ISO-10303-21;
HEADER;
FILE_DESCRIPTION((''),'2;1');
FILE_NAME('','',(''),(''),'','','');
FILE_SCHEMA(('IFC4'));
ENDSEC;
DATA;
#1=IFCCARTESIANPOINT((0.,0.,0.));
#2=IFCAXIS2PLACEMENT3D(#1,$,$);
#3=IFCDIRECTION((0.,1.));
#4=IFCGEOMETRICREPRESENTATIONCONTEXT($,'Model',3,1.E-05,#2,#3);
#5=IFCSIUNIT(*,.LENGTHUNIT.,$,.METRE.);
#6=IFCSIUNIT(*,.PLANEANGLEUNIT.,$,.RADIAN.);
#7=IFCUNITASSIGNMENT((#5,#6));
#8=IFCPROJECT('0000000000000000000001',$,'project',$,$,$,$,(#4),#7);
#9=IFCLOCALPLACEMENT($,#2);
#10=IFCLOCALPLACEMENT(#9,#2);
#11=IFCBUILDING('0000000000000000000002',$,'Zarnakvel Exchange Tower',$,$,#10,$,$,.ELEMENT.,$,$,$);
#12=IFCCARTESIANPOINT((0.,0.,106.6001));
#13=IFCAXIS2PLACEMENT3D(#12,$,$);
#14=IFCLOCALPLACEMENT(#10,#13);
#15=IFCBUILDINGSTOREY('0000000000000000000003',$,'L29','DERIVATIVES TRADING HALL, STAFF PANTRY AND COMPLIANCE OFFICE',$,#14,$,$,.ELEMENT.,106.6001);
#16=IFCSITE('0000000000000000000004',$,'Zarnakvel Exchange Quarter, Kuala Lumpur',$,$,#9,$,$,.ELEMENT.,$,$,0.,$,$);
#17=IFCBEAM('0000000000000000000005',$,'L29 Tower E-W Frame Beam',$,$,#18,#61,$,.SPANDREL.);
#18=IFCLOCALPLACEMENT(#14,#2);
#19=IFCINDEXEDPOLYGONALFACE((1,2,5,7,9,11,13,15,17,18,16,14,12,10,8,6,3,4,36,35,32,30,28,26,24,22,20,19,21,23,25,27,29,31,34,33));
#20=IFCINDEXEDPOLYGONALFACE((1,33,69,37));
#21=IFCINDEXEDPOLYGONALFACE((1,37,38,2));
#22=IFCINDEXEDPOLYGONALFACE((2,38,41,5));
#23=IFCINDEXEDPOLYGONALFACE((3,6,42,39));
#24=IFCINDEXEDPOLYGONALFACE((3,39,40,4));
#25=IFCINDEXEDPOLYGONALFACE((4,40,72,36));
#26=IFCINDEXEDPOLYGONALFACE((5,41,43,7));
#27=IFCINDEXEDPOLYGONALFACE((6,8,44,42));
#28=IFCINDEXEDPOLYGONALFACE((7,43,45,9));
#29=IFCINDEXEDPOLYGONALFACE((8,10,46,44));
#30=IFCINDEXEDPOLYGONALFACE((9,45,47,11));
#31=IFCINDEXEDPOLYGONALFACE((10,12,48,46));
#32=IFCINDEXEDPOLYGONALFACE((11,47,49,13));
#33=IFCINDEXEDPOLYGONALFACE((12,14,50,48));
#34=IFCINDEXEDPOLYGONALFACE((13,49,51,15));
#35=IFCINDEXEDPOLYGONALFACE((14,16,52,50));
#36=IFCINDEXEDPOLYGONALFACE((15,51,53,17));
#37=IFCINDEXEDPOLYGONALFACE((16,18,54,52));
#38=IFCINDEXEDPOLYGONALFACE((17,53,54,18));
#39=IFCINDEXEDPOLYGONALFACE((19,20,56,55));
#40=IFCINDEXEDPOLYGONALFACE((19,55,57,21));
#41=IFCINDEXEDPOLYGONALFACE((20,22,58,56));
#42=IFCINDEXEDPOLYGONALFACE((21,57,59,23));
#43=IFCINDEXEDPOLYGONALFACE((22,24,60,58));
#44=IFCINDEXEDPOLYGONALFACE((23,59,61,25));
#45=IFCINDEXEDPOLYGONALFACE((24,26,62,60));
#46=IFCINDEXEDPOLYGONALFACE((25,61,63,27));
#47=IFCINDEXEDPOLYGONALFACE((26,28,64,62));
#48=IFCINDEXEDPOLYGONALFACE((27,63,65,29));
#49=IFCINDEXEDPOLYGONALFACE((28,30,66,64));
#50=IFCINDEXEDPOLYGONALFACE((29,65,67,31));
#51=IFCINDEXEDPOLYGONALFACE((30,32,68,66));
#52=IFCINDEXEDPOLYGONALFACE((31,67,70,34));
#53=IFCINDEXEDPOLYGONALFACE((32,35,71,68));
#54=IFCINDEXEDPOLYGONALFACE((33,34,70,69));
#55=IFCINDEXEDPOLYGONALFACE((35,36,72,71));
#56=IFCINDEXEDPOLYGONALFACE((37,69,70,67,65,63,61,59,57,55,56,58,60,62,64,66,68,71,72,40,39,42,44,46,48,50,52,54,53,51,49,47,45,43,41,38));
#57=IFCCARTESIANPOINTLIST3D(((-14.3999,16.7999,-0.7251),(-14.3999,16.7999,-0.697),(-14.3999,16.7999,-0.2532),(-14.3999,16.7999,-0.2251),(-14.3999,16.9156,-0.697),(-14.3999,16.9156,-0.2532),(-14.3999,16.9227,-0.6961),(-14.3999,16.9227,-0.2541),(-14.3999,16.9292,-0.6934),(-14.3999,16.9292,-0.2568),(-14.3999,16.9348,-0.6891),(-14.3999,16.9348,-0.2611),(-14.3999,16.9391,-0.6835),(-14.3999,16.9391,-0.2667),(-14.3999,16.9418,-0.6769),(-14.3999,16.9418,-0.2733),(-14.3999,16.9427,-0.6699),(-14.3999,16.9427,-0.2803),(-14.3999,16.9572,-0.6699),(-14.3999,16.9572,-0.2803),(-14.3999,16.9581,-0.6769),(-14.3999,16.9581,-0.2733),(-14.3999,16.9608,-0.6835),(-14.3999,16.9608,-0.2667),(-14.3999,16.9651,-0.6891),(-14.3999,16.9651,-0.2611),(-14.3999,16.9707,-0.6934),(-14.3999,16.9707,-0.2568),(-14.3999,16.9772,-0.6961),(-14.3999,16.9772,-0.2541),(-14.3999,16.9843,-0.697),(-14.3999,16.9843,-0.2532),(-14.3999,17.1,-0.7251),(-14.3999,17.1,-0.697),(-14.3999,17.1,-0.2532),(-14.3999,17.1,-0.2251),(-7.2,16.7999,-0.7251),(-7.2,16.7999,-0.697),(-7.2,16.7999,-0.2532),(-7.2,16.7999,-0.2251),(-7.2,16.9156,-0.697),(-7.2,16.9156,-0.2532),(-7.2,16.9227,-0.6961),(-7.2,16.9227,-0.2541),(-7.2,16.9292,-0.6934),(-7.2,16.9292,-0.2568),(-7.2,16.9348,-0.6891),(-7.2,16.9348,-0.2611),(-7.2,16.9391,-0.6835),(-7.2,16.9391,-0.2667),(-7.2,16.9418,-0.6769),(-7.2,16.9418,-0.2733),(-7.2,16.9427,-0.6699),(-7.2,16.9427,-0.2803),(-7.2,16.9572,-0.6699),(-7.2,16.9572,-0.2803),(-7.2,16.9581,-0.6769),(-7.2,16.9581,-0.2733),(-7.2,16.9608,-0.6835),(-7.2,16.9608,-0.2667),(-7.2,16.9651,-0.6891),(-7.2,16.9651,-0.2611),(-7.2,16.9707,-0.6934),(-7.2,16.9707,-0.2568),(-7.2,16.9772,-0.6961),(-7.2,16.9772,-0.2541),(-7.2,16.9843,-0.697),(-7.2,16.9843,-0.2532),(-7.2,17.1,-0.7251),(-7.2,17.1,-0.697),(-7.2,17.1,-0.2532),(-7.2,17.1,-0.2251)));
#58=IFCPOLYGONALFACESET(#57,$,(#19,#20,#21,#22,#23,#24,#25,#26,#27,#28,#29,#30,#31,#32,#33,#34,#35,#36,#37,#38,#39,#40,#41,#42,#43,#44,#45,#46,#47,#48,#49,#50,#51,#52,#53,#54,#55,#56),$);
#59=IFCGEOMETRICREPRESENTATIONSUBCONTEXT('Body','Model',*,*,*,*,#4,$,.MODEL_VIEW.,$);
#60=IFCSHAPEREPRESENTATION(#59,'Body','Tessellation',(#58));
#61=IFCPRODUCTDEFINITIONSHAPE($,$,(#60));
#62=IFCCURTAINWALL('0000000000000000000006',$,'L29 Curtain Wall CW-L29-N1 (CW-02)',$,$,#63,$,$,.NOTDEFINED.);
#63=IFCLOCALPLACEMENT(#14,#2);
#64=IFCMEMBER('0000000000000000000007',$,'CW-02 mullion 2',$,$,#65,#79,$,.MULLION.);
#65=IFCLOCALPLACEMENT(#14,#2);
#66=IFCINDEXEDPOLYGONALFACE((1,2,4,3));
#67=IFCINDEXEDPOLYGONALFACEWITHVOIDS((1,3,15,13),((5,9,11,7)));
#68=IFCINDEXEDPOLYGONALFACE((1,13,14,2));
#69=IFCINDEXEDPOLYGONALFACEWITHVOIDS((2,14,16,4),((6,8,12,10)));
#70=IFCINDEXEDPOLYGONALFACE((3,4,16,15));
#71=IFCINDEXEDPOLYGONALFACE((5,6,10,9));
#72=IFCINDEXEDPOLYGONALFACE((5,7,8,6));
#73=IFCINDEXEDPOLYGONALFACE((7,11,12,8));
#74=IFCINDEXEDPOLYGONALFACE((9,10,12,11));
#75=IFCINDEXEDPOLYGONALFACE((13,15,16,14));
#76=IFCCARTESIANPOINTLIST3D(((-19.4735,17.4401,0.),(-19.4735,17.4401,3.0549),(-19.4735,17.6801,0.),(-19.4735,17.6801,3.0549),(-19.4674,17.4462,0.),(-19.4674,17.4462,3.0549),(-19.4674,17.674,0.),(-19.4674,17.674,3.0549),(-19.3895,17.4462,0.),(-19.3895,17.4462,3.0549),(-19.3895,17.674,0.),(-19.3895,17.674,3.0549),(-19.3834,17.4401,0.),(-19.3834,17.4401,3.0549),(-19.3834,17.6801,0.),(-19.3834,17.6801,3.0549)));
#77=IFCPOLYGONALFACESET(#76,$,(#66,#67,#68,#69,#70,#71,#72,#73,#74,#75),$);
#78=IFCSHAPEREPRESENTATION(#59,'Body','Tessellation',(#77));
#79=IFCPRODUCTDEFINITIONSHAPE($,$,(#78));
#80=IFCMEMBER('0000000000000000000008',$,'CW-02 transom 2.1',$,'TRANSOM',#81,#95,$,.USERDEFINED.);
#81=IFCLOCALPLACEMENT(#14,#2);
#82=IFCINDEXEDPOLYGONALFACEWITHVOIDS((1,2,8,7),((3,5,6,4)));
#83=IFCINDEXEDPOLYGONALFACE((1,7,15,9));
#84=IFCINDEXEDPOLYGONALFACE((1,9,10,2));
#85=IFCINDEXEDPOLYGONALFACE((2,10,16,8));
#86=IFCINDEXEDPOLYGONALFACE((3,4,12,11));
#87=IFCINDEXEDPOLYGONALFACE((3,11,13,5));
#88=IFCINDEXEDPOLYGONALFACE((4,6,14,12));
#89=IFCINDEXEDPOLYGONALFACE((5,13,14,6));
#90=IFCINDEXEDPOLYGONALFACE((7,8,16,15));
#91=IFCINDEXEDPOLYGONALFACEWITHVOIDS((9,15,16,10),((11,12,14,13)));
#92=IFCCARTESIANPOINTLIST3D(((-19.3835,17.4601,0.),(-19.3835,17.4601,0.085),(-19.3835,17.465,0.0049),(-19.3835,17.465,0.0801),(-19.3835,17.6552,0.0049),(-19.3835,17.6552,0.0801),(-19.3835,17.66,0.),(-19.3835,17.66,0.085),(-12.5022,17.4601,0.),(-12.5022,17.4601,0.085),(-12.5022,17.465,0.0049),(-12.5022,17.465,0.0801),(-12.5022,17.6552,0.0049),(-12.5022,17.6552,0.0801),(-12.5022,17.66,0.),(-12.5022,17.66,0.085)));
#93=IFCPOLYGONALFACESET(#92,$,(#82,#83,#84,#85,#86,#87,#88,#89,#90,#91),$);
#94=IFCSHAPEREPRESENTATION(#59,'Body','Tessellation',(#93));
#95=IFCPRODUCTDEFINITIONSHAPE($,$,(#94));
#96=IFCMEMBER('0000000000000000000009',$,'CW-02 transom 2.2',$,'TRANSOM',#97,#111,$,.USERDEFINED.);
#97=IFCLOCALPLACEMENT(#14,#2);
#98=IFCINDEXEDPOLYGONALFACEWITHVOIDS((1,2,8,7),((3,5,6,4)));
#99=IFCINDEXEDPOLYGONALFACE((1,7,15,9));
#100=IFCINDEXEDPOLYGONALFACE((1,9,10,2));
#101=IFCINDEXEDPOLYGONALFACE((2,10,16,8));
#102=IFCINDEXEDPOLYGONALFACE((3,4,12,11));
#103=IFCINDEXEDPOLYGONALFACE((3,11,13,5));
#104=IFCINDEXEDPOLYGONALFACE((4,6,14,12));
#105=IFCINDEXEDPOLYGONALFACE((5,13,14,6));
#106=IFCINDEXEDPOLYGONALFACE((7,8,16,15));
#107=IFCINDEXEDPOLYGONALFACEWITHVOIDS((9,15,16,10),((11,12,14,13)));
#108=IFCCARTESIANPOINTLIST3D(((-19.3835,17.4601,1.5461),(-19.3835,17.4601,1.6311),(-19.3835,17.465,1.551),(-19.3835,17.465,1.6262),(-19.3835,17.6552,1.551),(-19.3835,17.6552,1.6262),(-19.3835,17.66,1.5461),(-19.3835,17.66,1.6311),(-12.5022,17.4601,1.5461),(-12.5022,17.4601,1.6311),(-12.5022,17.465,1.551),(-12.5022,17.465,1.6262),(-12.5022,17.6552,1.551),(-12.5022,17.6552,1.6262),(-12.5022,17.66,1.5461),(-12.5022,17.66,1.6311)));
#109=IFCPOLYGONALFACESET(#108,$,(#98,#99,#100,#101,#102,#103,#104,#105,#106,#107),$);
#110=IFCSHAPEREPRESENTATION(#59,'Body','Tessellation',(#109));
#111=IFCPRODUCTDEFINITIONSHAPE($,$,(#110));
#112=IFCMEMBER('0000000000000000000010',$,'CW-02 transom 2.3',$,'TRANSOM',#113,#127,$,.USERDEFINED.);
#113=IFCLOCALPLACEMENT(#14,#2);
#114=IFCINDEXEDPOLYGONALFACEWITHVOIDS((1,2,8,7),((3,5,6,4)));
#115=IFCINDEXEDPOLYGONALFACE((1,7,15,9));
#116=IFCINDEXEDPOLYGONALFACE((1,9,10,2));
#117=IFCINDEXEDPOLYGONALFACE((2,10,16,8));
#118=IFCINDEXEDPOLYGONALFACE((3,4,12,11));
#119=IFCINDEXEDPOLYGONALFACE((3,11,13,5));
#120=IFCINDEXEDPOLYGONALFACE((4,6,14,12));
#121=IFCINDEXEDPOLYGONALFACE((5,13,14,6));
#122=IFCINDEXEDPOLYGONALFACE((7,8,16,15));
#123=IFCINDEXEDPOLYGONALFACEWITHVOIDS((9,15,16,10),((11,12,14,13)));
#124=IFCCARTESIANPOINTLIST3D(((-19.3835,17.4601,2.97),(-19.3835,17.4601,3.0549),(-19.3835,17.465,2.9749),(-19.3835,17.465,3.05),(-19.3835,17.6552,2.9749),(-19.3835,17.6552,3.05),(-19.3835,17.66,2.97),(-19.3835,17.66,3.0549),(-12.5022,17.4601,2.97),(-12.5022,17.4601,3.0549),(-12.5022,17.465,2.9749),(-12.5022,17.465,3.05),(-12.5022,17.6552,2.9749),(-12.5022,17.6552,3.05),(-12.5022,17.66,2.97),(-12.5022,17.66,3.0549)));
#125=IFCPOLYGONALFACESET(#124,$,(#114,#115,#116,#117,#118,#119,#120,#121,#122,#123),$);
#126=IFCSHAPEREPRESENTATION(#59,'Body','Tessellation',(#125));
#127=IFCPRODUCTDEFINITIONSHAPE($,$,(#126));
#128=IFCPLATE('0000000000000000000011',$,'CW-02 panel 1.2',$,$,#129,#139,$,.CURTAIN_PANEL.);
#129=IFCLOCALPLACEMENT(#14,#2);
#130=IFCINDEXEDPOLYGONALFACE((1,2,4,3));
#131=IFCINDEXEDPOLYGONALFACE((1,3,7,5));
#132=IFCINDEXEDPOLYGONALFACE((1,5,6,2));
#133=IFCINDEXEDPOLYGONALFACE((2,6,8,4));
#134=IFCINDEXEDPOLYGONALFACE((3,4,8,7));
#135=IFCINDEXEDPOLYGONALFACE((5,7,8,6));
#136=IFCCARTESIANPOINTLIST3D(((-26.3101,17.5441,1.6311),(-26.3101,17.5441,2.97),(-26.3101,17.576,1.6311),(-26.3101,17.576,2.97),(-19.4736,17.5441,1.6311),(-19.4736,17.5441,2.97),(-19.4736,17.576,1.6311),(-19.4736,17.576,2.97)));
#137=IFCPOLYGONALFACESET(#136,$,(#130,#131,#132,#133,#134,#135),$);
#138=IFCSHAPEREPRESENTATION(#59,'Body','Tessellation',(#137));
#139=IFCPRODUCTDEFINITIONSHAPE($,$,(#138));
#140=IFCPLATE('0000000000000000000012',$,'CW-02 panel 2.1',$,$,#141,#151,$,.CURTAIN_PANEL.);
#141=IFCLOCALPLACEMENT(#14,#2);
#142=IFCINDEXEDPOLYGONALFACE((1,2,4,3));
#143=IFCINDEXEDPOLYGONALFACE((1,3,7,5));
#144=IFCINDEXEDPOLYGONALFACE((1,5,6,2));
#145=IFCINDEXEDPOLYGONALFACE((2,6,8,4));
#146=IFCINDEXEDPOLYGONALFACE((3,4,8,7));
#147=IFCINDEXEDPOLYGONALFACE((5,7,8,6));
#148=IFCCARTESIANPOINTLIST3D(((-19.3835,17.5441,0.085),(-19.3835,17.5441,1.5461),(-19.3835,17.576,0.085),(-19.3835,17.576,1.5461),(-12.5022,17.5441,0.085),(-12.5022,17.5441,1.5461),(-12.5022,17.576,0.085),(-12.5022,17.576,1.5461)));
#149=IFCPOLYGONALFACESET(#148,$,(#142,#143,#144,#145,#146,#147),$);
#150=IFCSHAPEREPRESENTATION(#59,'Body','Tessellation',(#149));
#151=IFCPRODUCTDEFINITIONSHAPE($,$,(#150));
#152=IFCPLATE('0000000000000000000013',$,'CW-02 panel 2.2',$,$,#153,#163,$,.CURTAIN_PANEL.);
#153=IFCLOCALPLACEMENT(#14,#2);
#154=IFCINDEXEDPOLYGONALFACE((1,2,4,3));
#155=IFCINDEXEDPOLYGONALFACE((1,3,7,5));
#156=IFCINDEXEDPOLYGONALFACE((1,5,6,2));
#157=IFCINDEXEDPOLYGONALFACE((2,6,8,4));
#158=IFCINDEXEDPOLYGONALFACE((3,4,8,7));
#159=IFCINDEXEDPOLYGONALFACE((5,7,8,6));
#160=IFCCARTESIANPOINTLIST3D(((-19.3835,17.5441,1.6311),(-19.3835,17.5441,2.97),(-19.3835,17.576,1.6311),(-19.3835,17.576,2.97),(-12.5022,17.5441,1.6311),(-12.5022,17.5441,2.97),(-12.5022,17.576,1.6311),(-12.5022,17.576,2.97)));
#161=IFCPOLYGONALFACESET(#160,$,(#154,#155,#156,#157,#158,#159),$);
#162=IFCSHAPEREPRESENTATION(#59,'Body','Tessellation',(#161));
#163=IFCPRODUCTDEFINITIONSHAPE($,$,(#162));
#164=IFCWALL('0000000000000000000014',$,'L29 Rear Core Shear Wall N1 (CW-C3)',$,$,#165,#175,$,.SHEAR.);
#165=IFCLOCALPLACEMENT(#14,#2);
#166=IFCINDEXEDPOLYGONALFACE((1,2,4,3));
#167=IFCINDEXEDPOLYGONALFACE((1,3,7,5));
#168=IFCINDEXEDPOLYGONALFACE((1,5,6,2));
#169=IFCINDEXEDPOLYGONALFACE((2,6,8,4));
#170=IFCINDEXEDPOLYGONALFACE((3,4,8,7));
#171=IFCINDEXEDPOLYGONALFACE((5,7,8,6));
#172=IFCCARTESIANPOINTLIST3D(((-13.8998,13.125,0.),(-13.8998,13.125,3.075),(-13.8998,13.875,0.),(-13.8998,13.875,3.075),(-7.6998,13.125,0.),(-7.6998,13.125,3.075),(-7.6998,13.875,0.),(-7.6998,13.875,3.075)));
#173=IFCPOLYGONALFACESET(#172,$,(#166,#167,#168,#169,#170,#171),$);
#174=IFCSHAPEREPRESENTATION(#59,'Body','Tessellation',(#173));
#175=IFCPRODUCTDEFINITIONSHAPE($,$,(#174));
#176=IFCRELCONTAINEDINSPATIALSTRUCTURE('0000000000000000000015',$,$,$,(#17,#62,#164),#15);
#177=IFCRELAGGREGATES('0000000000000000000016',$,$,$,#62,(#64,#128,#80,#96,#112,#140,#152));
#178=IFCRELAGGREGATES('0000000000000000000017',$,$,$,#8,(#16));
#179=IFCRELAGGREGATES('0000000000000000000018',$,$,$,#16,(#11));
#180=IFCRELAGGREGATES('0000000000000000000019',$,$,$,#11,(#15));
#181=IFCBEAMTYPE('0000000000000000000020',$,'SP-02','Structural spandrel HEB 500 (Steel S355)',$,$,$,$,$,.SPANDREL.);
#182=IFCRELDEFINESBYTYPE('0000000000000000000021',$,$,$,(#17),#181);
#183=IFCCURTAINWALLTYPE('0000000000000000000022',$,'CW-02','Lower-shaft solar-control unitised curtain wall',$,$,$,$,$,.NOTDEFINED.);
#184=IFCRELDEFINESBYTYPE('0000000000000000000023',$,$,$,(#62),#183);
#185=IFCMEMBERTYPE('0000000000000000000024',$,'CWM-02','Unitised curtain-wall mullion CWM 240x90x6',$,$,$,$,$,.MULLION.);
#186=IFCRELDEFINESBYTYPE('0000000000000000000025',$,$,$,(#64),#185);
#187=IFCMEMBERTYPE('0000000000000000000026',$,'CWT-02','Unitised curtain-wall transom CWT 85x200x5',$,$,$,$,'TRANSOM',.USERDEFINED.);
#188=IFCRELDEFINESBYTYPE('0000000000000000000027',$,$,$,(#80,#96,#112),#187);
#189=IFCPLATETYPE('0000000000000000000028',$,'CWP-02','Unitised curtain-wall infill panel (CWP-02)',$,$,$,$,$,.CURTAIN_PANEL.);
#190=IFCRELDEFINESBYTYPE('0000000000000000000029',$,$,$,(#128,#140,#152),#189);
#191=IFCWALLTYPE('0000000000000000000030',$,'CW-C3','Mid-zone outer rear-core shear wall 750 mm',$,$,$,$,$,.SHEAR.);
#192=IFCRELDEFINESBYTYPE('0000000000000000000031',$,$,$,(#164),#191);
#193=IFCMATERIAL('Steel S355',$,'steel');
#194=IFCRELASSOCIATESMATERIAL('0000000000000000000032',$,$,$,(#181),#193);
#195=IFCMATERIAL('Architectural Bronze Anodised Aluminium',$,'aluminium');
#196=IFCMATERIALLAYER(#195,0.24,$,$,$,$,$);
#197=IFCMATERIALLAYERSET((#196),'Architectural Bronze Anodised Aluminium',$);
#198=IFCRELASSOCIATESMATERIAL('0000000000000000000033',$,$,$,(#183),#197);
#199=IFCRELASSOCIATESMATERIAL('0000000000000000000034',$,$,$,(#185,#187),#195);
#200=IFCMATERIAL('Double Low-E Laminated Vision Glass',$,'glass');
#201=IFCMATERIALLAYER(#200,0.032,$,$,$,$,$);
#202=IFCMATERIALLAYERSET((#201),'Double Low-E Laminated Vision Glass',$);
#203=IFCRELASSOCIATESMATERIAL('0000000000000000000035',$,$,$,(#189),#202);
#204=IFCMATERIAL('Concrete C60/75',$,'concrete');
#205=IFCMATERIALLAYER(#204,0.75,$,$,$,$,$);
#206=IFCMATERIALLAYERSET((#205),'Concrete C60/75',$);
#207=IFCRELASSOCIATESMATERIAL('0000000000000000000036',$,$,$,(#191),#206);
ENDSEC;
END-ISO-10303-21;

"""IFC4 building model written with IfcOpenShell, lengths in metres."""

from ifc_helpers import new_model, si_unit, direction, frame, frame_2d, origin, origin_2d, place, context, subcontext, project, spatial, rectangle, hollow_rectangle, i_section, extrude, source, transform, mapped, material, layer, layer_set, material_profile, profile_set, type_object, element, aggregate, save


model = new_model("IFC4")

# Units and contexts
model_context = context("Model", 3, precision=1e-05, world=origin(), true_north=direction((0.0, 1.0)))
body_context = subcontext(model_context, "Body", "Model", "MODEL_VIEW")
ifc_project = project(units=[si_unit("LENGTHUNIT", "METRE"), si_unit("PLANEANGLEUNIT", "RADIAN")], contexts=[model_context])

# Site, building, storey
site_placement = place(None, origin())
site = spatial("IfcSite", under=ifc_project, at=site_placement, Name="Zarnakvel Exchange Quarter, Kuala Lumpur", CompositionType="ELEMENT", RefElevation=0.0)
building_placement = place(site_placement, origin())
building = spatial("IfcBuilding", under=site, at=building_placement, Name="Zarnakvel Exchange Tower", CompositionType="ELEMENT")
storey_placement = place(building_placement, frame((0.0, 0.0, 106.6001)))
storey = spatial("IfcBuildingStorey", under=building, at=storey_placement, Name="L29", Description="DERIVATIVES TRADING HALL, STAFF PANTRY AND COMPLIANCE OFFICE", CompositionType="ELEMENT", Elevation=106.6001)

# Shared definitions
ifc_material_1 = material(Name="Concrete C60/75", Category="concrete")

# Beam
ifc_material_2 = material(Name="Steel S355", Category="steel")
ifc_material_profile_1 = material_profile(ifc_material_2, i_section(OverallWidth=0.3, OverallDepth=0.5, WebThickness=0.0144, FlangeThickness=0.0281, FilletRadius=0.0271, at=origin_2d()))
ifc_profile_set_1 = profile_set([ifc_material_profile_1], Name="Steel S355")
beam_type_1 = type_object("IfcBeamType", Name="SP-02", Description="Structural spandrel HEB 500 (Steel S355)", PredefinedType="SPANDREL", material=ifc_profile_set_1)
beam_1_placement = place(storey_placement, frame((-14.3999, 16.95, -0.4751), z_axis=(1.0, 0.0, 0.0), x_axis=(0.0, 1.0, 0.0)))
element("IfcBeam", 1, at=beam_1_placement, inside=storey, type_object=beam_type_1, Name="L29 Tower E-W Frame Beam", PredefinedType="SPANDREL", context=body_context, shape_type="SweptSolid", body=[
    extrude(i_section(OverallWidth=0.3, OverallDepth=0.5, WebThickness=0.0144, FlangeThickness=0.0281, FilletRadius=0.0271, at=origin_2d()), origin(), (0.0, 0.0, 1.0), 7.2),
])

# Curtain wall, members, plates
ifc_material_3 = material(Name="Architectural Bronze Anodised Aluminium", Category="aluminium")
ifc_layer_1 = layer(ifc_material_3, 0.24)
ifc_layer_set_1 = layer_set([ifc_layer_1], Name="Architectural Bronze Anodised Aluminium")
curtain_wall_type = type_object("IfcCurtainWallType", Name="CW-02", Description="Lower-shaft solar-control unitised curtain wall", PredefinedType="NOTDEFINED", material=ifc_layer_set_1)
curtain_wall_placement = place(storey_placement, origin())
curtain_wall = element("IfcCurtainWall", 2, at=curtain_wall_placement, inside=storey, type_object=curtain_wall_type, Name="L29 Curtain Wall CW-L29-N1 (CW-02)", PredefinedType="NOTDEFINED")
ifc_material_profile_2 = material_profile(ifc_material_3, hollow_rectangle(XDim=0.24, YDim=0.0901, WallThickness=0.0061, at=origin_2d()))
ifc_profile_set_2 = profile_set([ifc_material_profile_2], Name="Architectural Bronze Anodised Aluminium")
member_type_1 = type_object("IfcMemberType", Name="CWM-02", Description="Unitised curtain-wall mullion CWM 240x90x6", PredefinedType="MULLION", material=ifc_profile_set_2)
shared_shape_1 = source(origin(), body_context, "Body", "SweptSolid", [
    extrude(hollow_rectangle(XDim=0.24, YDim=0.0901, WallThickness=0.0061, at=origin_2d()), origin(), (0.0, 0.0, 1.0), 3.0549),
])
member_1_placement = place(storey_placement, frame((-19.4285, 17.5601, 0.0), z_axis=(0.0, 0.0, 1.0), x_axis=(0.0, 1.0, 0.0)))
member_1 = element("IfcMember", 3, at=member_1_placement, type_object=member_type_1, Name="CW-02 mullion 2", PredefinedType="MULLION", context=body_context, shape_type="MappedRepresentation", body=[
    mapped(shared_shape_1, transform((0.0, 0.0, 0.0), x_axis=(1.0, 0.0, 0.0), y_axis=(0.0, 1.0, 0.0), z_axis=(0.0, 0.0, 1.0), scale=1.0)),
])
ifc_material_profile_3 = material_profile(ifc_material_3, hollow_rectangle(XDim=0.2, YDim=0.085, WallThickness=0.0049, at=origin_2d()))
ifc_profile_set_3 = profile_set([ifc_material_profile_3], Name="Architectural Bronze Anodised Aluminium")
member_type_2 = type_object("IfcMemberType", Name="CWT-02", Description="Unitised curtain-wall transom CWT 85x200x5", ElementType="TRANSOM", PredefinedType="USERDEFINED", material=ifc_profile_set_3)
shared_shape_2 = source(origin(), body_context, "Body", "SweptSolid", [
    extrude(hollow_rectangle(XDim=0.2, YDim=0.085, WallThickness=0.0049, at=origin_2d()), origin(), (0.0, 0.0, 1.0), 6.8813),
])
member_2_placement = place(storey_placement, frame((-19.3835, 17.5601, 0.0425), z_axis=(1.0, 0.0, 0.0), x_axis=(0.0, 1.0, 0.0)))
member_2 = element("IfcMember", 4, at=member_2_placement, type_object=member_type_2, Name="CW-02 transom 2.1", ObjectType="TRANSOM", PredefinedType="USERDEFINED", context=body_context, shape_type="MappedRepresentation", body=[
    mapped(shared_shape_2, transform((0.0, 0.0, 0.0), x_axis=(1.0, 0.0, 0.0), y_axis=(0.0, 1.0, 0.0), z_axis=(0.0, 0.0, 1.0), scale=1.0)),
])
member_3_placement = place(storey_placement, frame((-19.3835, 17.5601, 1.5886), z_axis=(1.0, 0.0, 0.0), x_axis=(0.0, 1.0, 0.0)))
member_3 = element("IfcMember", 5, at=member_3_placement, type_object=member_type_2, Name="CW-02 transom 2.2", ObjectType="TRANSOM", PredefinedType="USERDEFINED", context=body_context, shape_type="MappedRepresentation", body=[
    mapped(shared_shape_2, transform((0.0, 0.0, 0.0), x_axis=(1.0, 0.0, 0.0), y_axis=(0.0, 1.0, 0.0), z_axis=(0.0, 0.0, 1.0), scale=1.0)),
])
member_4_placement = place(storey_placement, frame((-19.3835, 17.5601, 3.0125), z_axis=(1.0, 0.0, 0.0), x_axis=(0.0, 1.0, 0.0)))
member_4 = element("IfcMember", 6, at=member_4_placement, type_object=member_type_2, Name="CW-02 transom 2.3", ObjectType="TRANSOM", PredefinedType="USERDEFINED", context=body_context, shape_type="MappedRepresentation", body=[
    mapped(shared_shape_2, transform((0.0, 0.0, 0.0), x_axis=(1.0, 0.0, 0.0), y_axis=(0.0, 1.0, 0.0), z_axis=(0.0, 0.0, 1.0), scale=1.0)),
])
ifc_material_4 = material(Name="Double Low-E Laminated Vision Glass", Category="glass")
ifc_layer_2 = layer(ifc_material_4, 0.032)
ifc_layer_set_2 = layer_set([ifc_layer_2], Name="Double Low-E Laminated Vision Glass")
plate_type = type_object("IfcPlateType", Name="CWP-02", Description="Unitised curtain-wall infill panel (CWP-02)", PredefinedType="CURTAIN_PANEL", material=ifc_layer_set_2)
shared_shape_3 = source(origin(), body_context, "Body", "SweptSolid", [
    extrude(rectangle(XDim=6.8364, YDim=0.032, at=origin_2d()), origin(), (0.0, 0.0, 1.0), 1.3389),
])
plate_1_placement = place(storey_placement, frame((-22.8918, 17.5601, 1.6311), z_axis=(0.0, 0.0, 1.0), x_axis=(1.0, 0.0, 0.0)))
plate_1 = element("IfcPlate", 7, at=plate_1_placement, type_object=plate_type, Name="CW-02 panel 1.2", PredefinedType="CURTAIN_PANEL", context=body_context, shape_type="MappedRepresentation", body=[
    mapped(shared_shape_3, transform((0.0, 0.0, 0.0), x_axis=(1.0, 0.0, 0.0), y_axis=(0.0, 1.0, 0.0), z_axis=(0.0, 0.0, 1.0), scale=1.0)),
])
shared_shape_4 = source(origin(), body_context, "Body", "SweptSolid", [
    extrude(rectangle(XDim=6.8813, YDim=0.032, at=origin_2d()), origin(), (0.0, 0.0, 1.0), 1.4612),
])
plate_2_placement = place(storey_placement, frame((-15.9429, 17.5601, 0.085), z_axis=(0.0, 0.0, 1.0), x_axis=(1.0, 0.0, 0.0)))
plate_2 = element("IfcPlate", 8, at=plate_2_placement, type_object=plate_type, Name="CW-02 panel 2.1", PredefinedType="CURTAIN_PANEL", context=body_context, shape_type="MappedRepresentation", body=[
    mapped(shared_shape_4, transform((0.0, 0.0, 0.0), x_axis=(1.0, 0.0, 0.0), y_axis=(0.0, 1.0, 0.0), z_axis=(0.0, 0.0, 1.0), scale=1.0)),
])
shared_shape_5 = source(origin(), body_context, "Body", "SweptSolid", [
    extrude(rectangle(XDim=6.8813, YDim=0.032, at=origin_2d()), origin(), (0.0, 0.0, 1.0), 1.3389),
])
plate_3_placement = place(storey_placement, frame((-15.9429, 17.5601, 1.6311), z_axis=(0.0, 0.0, 1.0), x_axis=(1.0, 0.0, 0.0)))
plate_3 = element("IfcPlate", 9, at=plate_3_placement, type_object=plate_type, Name="CW-02 panel 2.2", PredefinedType="CURTAIN_PANEL", context=body_context, shape_type="MappedRepresentation", body=[
    mapped(shared_shape_5, transform((0.0, 0.0, 0.0), x_axis=(1.0, 0.0, 0.0), y_axis=(0.0, 1.0, 0.0), z_axis=(0.0, 0.0, 1.0), scale=1.0)),
])
aggregate(curtain_wall, [member_1, plate_1, member_2, member_3, member_4, plate_2, plate_3])

# Wall
ifc_layer_3 = layer(ifc_material_1, 0.75)
ifc_layer_set_3 = layer_set([ifc_layer_3], Name="Concrete C60/75")
wall_type_1 = type_object("IfcWallType", Name="CW-C3", Description="Mid-zone outer rear-core shear wall 750 mm", PredefinedType="SHEAR", material=ifc_layer_set_3)
wall_1_placement = place(storey_placement, frame((-13.8999, 13.5, 0.0), z_axis=(0.0, 0.0, 1.0), x_axis=(1.0, 0.0, 0.0)))
element("IfcWall", 10, at=wall_1_placement, inside=storey, type_object=wall_type_1, Name="L29 Rear Core Shear Wall N1 (CW-C3)", PredefinedType="SHEAR", context=body_context, shape_type="SweptSolid", body=[
    extrude(rectangle(XDim=6.2, YDim=0.75, at=frame_2d((3.1001, 0.0))), origin(), (0.0, 0.0, 1.0), 3.075),
])

save(model, "model.ifc")
